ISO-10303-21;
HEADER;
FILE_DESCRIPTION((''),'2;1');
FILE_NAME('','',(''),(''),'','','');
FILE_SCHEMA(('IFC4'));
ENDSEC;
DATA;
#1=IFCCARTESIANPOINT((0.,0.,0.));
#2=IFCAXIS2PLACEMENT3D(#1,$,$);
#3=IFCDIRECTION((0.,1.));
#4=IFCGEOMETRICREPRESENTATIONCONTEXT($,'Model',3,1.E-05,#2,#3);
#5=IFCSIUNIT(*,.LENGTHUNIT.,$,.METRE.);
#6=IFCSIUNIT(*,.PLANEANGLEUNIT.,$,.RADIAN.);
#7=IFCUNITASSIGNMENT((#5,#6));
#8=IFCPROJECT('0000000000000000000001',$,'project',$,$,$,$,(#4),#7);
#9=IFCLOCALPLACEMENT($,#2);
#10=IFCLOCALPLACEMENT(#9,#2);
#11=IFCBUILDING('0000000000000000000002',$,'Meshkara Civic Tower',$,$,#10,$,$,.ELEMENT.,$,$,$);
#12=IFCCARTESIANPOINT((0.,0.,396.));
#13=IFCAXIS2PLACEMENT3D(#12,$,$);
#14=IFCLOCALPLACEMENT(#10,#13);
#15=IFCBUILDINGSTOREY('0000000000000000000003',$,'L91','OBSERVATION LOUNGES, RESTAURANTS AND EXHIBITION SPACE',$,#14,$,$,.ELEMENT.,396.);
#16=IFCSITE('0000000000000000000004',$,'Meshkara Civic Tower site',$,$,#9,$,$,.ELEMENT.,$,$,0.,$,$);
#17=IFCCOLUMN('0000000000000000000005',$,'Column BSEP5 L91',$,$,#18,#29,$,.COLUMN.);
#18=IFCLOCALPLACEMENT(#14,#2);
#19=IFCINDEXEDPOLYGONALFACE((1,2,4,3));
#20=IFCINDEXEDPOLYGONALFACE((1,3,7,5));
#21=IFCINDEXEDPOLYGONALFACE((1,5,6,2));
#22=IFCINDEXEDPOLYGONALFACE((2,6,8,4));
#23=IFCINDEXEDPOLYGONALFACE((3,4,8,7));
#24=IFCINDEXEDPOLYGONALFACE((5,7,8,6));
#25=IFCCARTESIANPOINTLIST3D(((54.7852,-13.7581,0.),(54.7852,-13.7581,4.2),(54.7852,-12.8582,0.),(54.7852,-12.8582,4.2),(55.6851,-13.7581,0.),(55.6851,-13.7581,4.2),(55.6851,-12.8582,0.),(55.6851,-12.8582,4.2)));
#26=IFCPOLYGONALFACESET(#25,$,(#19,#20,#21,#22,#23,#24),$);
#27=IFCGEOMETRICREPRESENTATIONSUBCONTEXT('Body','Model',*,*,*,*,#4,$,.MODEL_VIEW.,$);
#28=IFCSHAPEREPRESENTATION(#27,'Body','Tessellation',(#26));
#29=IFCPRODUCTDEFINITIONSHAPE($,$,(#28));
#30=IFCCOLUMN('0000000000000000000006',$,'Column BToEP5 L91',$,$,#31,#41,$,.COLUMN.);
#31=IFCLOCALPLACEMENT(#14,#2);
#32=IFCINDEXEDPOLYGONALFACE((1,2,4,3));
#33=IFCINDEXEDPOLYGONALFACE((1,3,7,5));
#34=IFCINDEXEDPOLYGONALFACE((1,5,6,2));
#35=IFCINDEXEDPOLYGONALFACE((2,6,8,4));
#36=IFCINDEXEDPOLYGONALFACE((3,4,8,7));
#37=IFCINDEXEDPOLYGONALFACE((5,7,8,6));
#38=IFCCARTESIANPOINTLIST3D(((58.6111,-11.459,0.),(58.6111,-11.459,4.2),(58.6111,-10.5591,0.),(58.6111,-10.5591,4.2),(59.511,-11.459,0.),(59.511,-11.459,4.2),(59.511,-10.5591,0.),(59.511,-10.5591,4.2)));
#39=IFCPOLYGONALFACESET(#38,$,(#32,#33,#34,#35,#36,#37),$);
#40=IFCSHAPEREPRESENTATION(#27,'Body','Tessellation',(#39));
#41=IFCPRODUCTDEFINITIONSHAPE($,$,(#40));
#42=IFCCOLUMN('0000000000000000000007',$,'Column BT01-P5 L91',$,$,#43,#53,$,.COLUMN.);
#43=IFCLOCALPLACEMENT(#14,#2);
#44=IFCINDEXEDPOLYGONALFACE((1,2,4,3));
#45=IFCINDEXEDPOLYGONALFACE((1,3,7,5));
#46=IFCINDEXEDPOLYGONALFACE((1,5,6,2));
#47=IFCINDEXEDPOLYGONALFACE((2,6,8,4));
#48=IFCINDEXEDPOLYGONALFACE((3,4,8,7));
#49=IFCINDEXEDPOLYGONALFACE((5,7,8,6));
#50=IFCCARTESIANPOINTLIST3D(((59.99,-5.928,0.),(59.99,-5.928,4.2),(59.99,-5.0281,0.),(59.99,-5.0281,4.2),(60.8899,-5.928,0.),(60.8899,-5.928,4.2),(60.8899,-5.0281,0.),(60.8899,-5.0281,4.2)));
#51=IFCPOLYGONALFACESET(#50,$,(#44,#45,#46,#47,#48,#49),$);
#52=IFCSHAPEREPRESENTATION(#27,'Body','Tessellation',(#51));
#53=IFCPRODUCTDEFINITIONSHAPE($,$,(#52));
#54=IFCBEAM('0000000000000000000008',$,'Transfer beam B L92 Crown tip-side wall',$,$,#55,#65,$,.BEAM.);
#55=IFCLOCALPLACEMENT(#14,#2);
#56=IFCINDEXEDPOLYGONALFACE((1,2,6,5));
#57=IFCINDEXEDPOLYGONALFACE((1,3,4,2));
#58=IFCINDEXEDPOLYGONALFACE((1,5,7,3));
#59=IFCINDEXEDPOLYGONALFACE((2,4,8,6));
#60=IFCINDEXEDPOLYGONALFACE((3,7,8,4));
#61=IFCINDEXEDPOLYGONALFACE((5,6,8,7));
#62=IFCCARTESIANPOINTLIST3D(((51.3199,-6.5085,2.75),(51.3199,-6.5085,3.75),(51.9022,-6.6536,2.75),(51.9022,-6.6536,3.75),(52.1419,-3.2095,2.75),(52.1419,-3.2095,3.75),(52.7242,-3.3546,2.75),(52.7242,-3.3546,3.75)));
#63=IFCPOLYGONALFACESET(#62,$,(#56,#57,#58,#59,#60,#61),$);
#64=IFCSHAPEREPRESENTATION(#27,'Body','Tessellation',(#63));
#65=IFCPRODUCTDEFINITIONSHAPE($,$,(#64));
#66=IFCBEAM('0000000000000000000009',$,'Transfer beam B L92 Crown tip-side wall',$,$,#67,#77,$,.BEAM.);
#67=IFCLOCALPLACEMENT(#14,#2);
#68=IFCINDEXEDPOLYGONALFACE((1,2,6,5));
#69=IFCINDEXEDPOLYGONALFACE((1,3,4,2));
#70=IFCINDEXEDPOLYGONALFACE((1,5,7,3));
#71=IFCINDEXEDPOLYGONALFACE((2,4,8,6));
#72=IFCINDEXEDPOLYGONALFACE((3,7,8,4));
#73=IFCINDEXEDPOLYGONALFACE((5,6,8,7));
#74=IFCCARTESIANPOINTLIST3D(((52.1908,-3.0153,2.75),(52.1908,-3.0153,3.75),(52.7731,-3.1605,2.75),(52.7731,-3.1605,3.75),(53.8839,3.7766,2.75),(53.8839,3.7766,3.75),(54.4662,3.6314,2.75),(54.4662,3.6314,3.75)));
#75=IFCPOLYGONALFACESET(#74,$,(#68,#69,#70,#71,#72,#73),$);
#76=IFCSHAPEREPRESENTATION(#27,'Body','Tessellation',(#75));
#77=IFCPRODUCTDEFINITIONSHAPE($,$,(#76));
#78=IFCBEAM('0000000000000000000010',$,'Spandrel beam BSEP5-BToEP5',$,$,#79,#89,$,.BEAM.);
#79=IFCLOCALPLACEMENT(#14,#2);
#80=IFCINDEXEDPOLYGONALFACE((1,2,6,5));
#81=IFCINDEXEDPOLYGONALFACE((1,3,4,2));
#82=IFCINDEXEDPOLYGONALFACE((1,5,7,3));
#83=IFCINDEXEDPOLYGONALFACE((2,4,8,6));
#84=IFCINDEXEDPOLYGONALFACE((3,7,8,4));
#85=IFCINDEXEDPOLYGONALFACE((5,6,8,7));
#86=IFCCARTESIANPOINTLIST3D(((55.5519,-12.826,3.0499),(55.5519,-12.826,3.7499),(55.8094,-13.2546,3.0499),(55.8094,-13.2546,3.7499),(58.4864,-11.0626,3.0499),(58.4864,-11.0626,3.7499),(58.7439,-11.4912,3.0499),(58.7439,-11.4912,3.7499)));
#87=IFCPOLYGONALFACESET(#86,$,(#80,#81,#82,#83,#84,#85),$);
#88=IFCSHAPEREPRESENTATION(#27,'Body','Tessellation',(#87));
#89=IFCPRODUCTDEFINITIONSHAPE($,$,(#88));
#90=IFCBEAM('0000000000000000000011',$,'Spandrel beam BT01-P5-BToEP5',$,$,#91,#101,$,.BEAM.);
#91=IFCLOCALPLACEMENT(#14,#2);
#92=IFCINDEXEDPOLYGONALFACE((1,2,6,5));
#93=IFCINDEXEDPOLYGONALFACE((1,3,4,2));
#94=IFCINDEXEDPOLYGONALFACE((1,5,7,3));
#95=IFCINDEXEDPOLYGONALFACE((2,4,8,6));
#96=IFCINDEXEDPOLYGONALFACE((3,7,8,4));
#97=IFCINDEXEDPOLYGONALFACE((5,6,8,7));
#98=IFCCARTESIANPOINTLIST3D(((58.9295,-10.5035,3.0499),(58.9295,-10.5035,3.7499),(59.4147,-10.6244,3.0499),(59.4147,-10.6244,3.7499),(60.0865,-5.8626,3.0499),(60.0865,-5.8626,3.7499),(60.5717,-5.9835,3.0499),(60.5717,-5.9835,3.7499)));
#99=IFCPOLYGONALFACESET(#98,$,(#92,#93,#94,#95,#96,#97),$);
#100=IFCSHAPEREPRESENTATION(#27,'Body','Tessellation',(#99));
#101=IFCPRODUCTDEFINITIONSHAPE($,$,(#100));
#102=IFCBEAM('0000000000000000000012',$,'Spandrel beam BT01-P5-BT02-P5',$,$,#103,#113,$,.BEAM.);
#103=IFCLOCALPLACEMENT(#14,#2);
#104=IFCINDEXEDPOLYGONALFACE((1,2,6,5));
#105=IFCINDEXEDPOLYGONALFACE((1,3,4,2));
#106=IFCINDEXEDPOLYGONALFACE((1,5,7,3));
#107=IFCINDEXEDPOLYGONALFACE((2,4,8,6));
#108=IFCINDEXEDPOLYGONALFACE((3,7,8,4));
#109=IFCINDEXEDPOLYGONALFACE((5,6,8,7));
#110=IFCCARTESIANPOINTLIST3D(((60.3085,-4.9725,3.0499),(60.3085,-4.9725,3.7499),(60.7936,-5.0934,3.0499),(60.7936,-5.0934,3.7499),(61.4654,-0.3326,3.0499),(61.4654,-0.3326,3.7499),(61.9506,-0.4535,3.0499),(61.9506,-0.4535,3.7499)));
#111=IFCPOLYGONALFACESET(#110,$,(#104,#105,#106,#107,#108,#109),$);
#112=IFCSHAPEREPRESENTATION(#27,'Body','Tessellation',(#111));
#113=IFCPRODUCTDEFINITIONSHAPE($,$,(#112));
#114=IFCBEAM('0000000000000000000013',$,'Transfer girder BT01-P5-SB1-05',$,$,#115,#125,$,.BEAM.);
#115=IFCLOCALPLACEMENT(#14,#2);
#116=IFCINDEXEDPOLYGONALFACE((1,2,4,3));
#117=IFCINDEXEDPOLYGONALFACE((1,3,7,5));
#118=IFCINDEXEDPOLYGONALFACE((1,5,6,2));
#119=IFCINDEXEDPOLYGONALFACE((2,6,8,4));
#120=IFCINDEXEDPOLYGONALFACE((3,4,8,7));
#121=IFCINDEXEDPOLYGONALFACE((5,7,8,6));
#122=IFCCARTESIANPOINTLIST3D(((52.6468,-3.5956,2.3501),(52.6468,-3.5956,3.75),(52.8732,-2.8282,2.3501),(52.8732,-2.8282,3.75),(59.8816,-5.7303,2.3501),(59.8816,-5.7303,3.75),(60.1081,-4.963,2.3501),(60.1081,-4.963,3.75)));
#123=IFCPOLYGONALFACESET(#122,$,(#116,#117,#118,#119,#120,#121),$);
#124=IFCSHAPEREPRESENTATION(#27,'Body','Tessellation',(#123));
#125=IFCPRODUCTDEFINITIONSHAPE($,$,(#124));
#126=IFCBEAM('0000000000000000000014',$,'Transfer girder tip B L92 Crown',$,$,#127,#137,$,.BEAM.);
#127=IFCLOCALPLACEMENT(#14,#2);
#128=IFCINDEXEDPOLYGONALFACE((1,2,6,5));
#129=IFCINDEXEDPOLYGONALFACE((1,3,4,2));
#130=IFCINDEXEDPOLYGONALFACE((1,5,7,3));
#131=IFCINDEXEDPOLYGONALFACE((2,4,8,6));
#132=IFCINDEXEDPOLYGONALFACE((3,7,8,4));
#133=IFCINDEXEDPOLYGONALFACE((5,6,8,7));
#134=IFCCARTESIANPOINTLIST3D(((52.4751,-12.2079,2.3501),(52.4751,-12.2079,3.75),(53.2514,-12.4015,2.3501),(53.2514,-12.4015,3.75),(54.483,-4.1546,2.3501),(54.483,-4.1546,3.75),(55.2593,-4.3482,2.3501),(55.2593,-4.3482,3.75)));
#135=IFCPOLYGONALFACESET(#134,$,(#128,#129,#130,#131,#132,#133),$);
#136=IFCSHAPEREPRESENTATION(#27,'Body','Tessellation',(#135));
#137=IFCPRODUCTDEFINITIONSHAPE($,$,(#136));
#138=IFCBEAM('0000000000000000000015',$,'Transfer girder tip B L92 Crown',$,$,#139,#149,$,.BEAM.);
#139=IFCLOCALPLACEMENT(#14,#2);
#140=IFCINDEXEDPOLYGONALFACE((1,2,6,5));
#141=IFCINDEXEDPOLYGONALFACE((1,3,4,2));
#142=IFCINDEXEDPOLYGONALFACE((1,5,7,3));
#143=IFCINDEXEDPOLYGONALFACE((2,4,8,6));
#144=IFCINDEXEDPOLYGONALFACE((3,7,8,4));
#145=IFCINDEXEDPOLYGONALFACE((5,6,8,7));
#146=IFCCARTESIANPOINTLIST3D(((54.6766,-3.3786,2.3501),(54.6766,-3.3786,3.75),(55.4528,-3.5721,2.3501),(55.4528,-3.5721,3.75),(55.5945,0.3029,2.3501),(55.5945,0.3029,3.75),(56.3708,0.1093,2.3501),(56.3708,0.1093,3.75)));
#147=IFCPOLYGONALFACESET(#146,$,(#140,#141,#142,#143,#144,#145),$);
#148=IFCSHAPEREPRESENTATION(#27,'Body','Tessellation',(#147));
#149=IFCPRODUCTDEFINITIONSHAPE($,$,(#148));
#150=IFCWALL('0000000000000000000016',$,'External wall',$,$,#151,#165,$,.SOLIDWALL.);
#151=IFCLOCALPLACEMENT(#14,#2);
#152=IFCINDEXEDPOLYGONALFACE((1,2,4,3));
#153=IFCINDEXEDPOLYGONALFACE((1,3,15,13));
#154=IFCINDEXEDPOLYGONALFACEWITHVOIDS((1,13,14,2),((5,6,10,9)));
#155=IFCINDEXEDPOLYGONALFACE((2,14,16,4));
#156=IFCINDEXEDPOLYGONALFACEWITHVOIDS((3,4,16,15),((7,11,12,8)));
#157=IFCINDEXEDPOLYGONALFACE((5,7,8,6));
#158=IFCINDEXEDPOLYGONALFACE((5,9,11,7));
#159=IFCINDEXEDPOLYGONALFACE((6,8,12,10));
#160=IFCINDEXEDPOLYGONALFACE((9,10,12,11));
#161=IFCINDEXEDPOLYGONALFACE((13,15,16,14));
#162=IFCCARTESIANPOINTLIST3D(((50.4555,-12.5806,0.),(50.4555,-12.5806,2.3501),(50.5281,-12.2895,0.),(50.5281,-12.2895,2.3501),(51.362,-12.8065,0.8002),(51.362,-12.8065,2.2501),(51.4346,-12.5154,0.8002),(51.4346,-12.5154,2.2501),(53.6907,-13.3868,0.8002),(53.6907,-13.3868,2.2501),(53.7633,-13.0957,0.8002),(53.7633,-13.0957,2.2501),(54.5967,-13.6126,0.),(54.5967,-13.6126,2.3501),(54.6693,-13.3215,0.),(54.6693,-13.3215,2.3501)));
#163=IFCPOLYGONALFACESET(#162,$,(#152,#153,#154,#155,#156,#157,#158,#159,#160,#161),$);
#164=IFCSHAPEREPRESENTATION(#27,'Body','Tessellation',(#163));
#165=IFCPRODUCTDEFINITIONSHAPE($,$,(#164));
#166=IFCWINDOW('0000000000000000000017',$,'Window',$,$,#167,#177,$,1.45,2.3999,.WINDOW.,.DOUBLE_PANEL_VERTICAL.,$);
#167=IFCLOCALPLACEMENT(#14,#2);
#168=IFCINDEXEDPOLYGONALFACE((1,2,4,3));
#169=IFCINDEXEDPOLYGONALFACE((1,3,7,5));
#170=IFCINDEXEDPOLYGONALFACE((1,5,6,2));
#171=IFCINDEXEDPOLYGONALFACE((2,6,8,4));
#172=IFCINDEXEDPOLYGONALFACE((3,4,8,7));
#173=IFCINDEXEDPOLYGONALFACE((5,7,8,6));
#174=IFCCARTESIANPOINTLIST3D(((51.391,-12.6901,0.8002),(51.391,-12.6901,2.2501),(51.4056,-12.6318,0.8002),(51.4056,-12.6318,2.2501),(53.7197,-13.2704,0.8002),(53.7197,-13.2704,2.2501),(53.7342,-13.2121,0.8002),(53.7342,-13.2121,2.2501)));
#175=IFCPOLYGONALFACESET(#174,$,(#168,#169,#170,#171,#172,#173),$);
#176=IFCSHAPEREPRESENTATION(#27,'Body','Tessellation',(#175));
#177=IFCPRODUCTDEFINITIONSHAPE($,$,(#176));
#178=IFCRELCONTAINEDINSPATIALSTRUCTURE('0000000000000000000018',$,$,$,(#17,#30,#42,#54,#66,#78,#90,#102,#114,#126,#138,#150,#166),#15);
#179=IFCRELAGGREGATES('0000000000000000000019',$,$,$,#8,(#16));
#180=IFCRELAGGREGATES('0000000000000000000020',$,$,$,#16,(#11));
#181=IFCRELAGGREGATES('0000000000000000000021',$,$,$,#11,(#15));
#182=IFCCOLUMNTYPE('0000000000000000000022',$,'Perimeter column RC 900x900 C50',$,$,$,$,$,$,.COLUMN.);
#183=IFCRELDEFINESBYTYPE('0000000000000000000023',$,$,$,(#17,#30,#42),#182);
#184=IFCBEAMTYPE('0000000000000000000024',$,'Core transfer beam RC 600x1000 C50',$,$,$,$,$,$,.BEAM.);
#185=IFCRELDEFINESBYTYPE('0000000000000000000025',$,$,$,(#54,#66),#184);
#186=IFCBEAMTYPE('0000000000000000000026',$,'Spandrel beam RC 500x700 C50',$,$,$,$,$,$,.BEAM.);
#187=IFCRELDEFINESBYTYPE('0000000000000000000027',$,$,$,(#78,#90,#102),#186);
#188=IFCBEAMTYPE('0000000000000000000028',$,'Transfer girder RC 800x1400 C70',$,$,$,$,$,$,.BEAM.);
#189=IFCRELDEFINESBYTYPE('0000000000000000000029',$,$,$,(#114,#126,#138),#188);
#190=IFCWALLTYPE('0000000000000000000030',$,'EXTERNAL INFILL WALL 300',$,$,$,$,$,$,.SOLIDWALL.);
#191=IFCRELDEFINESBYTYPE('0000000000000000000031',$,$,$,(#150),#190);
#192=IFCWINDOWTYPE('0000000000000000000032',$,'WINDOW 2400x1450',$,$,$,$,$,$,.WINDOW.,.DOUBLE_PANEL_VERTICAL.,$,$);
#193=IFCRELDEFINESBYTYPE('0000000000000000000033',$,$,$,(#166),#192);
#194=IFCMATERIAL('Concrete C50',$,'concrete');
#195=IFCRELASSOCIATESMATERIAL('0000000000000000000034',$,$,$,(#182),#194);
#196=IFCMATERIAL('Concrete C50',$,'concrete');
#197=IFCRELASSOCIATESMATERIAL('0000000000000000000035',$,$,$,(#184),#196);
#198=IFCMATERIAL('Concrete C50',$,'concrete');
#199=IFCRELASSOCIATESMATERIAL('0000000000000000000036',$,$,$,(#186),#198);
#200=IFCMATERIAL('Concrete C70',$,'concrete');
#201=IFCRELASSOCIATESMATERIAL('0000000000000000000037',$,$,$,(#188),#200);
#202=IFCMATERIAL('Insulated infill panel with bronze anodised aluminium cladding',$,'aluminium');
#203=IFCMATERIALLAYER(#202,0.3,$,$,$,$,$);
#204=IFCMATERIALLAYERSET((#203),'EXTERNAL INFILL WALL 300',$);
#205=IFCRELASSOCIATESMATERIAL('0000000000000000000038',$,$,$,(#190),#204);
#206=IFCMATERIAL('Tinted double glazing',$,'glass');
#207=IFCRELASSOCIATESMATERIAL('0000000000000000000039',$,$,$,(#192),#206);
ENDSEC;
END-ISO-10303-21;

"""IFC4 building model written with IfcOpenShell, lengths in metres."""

from ifc_helpers import new_model, si_unit, direction, frame, frame_2d, origin, origin_2d, place, context, subcontext, project, spatial, rectangle, extrude, material, layer, layer_set, material_profile, profile_set, type_object, element, fill, save


model = new_model("IFC4")

# Units and contexts
model_context = context("Model", 3, precision=1e-05, world=origin(), true_north=direction((0.0, 1.0)))
body_context = subcontext(model_context, "Body", "Model", "MODEL_VIEW")
ifc_project = project(units=[si_unit("LENGTHUNIT", "METRE"), si_unit("PLANEANGLEUNIT", "RADIAN")], contexts=[model_context])

# Site, building, storey
site_placement = place(None, origin())
site = spatial("IfcSite", under=ifc_project, at=site_placement, Name="Meshkara Civic Tower site", CompositionType="ELEMENT", RefElevation=0.0)
building_placement = place(site_placement, origin())
building = spatial("IfcBuilding", under=site, at=building_placement, Name="Meshkara Civic Tower", CompositionType="ELEMENT")
storey_placement = place(building_placement, frame((0.0, 0.0, 396.0)))
storey = spatial("IfcBuildingStorey", under=building, at=storey_placement, Name="L91", Description="OBSERVATION LOUNGES, RESTAURANTS AND EXHIBITION SPACE", CompositionType="ELEMENT", Elevation=396.0)

# Columns
ifc_material_1 = material(Name="Concrete C50", Category="concrete")
ifc_material_profile_1 = material_profile(ifc_material_1, rectangle(XDim=0.8999, YDim=0.8999, at=origin_2d()))
ifc_profile_set_1 = profile_set([ifc_material_profile_1], Name="Concrete C50")
column_type = type_object("IfcColumnType", Name="Perimeter column RC 900x900 C50", PredefinedType="COLUMN", material=ifc_profile_set_1)
for number, where, z_axis, x_axis, name in (
    (1, (55.2351, -13.3081, 0.0), (0.0, 0.0, 1.0), (1.0, 0.0, 0.0), "Column BSEP5 L91"),
    (2, (59.061, -11.009, 0.0), (0.0, 0.0, 1.0), (1.0, 0.0, 0.0), "Column BToEP5 L91"),
    (3, (60.4399, -5.478, 0.0), (0.0, 0.0, 1.0), (1.0, 0.0, 0.0), "Column BT01-P5 L91"),
):
    element("IfcColumn", number, at=place(storey_placement, frame(where, z_axis=z_axis, x_axis=x_axis)), inside=storey, type_object=column_type, Name=name, PredefinedType="COLUMN", context=body_context, shape_type="SweptSolid", body=[
        extrude(rectangle(XDim=0.8999, YDim=0.8999, at=origin_2d()), origin(), (0.0, 0.0, 1.0), 4.2),
    ])

# Beams
ifc_material_2 = material(Name="Concrete C50", Category="concrete")
ifc_material_profile_2 = material_profile(ifc_material_2, rectangle(XDim=0.6001, YDim=1.0, at=origin_2d()))
ifc_profile_set_2 = profile_set([ifc_material_profile_2], Name="Concrete C50")
beam_type_1 = type_object("IfcBeamType", Name="Core transfer beam RC 600x1000 C50", PredefinedType="BEAM", material=ifc_profile_set_2)
beam_1_placement = place(storey_placement, frame((51.6111, -6.5811, 3.25), z_axis=(0.241775, 0.970332, 0.0), x_axis=(-0.970332, 0.241775, 0.0)))
element("IfcBeam", 4, at=beam_1_placement, inside=storey, type_object=beam_type_1, Name="Transfer beam B L92 Crown tip-side wall", PredefinedType="BEAM", context=body_context, shape_type="SweptSolid", body=[
    extrude(rectangle(XDim=0.6001, YDim=1.0, at=origin_2d()), origin(), (0.0, 0.0, 1.0), 3.3999),
])
beam_2_placement = place(storey_placement, frame((52.4819, -3.0879, 3.25), z_axis=(0.241879, 0.970306, 0.0), x_axis=(-0.970306, 0.241879, 0.0)))
element("IfcBeam", 5, at=beam_2_placement, inside=storey, type_object=beam_type_1, Name="Transfer beam B L92 Crown tip-side wall", PredefinedType="BEAM", context=body_context, shape_type="SweptSolid", body=[
    extrude(rectangle(XDim=0.6001, YDim=1.0, at=origin_2d()), origin(), (0.0, 0.0, 1.0), 6.9998),
])
ifc_material_3 = material(Name="Concrete C50", Category="concrete")
ifc_material_profile_3 = material_profile(ifc_material_3, rectangle(XDim=0.5, YDim=0.7, at=origin_2d()))
ifc_profile_set_3 = profile_set([ifc_material_profile_3], Name="Concrete C50")
beam_type_2 = type_object("IfcBeamType", Name="Spandrel beam RC 500x700 C50", PredefinedType="BEAM", material=ifc_profile_set_3)
beam_3_placement = place(storey_placement, frame((55.6807, -13.0403, 3.3999), z_axis=(0.857147, 0.515072, 0.0), x_axis=(-0.515072, 0.857147, 0.0)))
element("IfcBeam", 6, at=beam_3_placement, inside=storey, type_object=beam_type_2, Name="Spandrel beam BSEP5-BToEP5", PredefinedType="BEAM", context=body_context, shape_type="SweptSolid", body=[
    extrude(rectangle(XDim=0.5, YDim=0.7, at=origin_2d()), origin(), (0.0, 0.0, 1.0), 3.4236),
])
beam_4_placement = place(storey_placement, frame((59.1721, -10.564, 3.3999), z_axis=(0.241899, 0.970301, 0.0), x_axis=(-0.970301, 0.241899, 0.0)))
element("IfcBeam", 7, at=beam_4_placement, inside=storey, type_object=beam_type_2, Name="Spandrel beam BT01-P5-BToEP5", PredefinedType="BEAM", context=body_context, shape_type="SweptSolid", body=[
    extrude(rectangle(XDim=0.5, YDim=0.7, at=origin_2d()), origin(), (0.0, 0.0, 1.0), 4.783),
])
beam_5_placement = place(storey_placement, frame((60.551, -5.033, 3.3999), z_axis=(0.241947, 0.970289, 0.0), x_axis=(-0.970289, 0.241947, 0.0)))
element("IfcBeam", 8, at=beam_5_placement, inside=storey, type_object=beam_type_2, Name="Spandrel beam BT01-P5-BT02-P5", PredefinedType="BEAM", context=body_context, shape_type="SweptSolid", body=[
    extrude(rectangle(XDim=0.5, YDim=0.7, at=origin_2d()), origin(), (0.0, 0.0, 1.0), 4.782),
])
ifc_material_4 = material(Name="Concrete C70", Category="concrete")
ifc_material_profile_4 = material_profile(ifc_material_4, rectangle(XDim=0.8, YDim=1.3999, at=origin_2d()))
ifc_profile_set_4 = profile_set([ifc_material_profile_4], Name="Concrete C70")
beam_type_3 = type_object("IfcBeamType", Name="Transfer girder RC 800x1400 C70", PredefinedType="BEAM", material=ifc_profile_set_4)
beam_6_placement = place(storey_placement, frame((52.76, -3.2119, 3.05), z_axis=(0.959119, -0.283004, 0.0), x_axis=(0.283004, 0.959119, 0.0)))
element("IfcBeam", 9, at=beam_6_placement, inside=storey, type_object=beam_type_3, Name="Transfer girder BT01-P5-SB1-05", PredefinedType="BEAM", context=body_context, shape_type="SweptSolid", body=[
    extrude(rectangle(XDim=0.8, YDim=1.3999, at=origin_2d()), origin(), (0.0, 0.0, 1.0), 7.5432),
])
beam_7_placement = place(storey_placement, frame((52.8633, -12.3047, 3.05), z_axis=(0.241913, 0.970298, 0.0), x_axis=(-0.970298, 0.241913, 0.0)))
element("IfcBeam", 10, at=beam_7_placement, inside=storey, type_object=beam_type_3, Name="Transfer girder tip B L92 Crown", PredefinedType="BEAM", context=body_context, shape_type="SweptSolid", body=[
    extrude(rectangle(XDim=0.8, YDim=1.3999, at=origin_2d()), origin(), (0.0, 0.0, 1.0), 8.2998),
])
beam_8_placement = place(storey_placement, frame((55.0647, -3.4753, 3.05), z_axis=(0.241945, 0.97029, 0.0), x_axis=(-0.97029, 0.241945, 0.0)))
element("IfcBeam", 11, at=beam_8_placement, inside=storey, type_object=beam_type_3, Name="Transfer girder tip B L92 Crown", PredefinedType="BEAM", context=body_context, shape_type="SweptSolid", body=[
    extrude(rectangle(XDim=0.8, YDim=1.3999, at=origin_2d()), origin(), (0.0, 0.0, 1.0), 3.7942),
])

# Wall, opening, window
ifc_material_5 = material(Name="Insulated infill panel with bronze anodised aluminium cladding", Category="aluminium")
ifc_layer_1 = layer(ifc_material_5, 0.3)
ifc_layer_set_1 = layer_set([ifc_layer_1], Name="EXTERNAL INFILL WALL 300")
wall_type_1 = type_object("IfcWallType", Name="EXTERNAL INFILL WALL 300", PredefinedType="SOLIDWALL", material=ifc_layer_set_1)
wall_1_placement = place(storey_placement, frame((50.4919, -12.4351, 0.0), z_axis=(0.0, 0.0, 1.0), x_axis=(0.970324, -0.241809, 0.0)))
wall_1 = element("IfcWall", 12, at=wall_1_placement, inside=storey, type_object=wall_type_1, Name="External wall", PredefinedType="SOLIDWALL", context=body_context, shape_type="SweptSolid", body=[
    extrude(rectangle(XDim=4.2678, YDim=0.3, at=frame_2d((2.1338, 0.0))), origin(), (0.0, 0.0, 1.0), 2.3501),
])
opening_1_placement = place(wall_1_placement, frame((0.9341, 0.0, 0.8)))
opening_1 = element("IfcOpeningElement", 13, at=opening_1_placement, cuts=wall_1, PredefinedType="OPENING", context=body_context, shape_type="SweptSolid", body=[
    extrude(rectangle(XDim=2.3999, YDim=1.45, at=frame_2d((1.2, 0.7251))), frame((0.0, 0.1599, 0.0), z_axis=(0.0, -1.0, 0.0), x_axis=(1.0, 0.0, 0.0)), (0.0, 0.0, 1.0), 0.3201),
])
ifc_material_6 = material(Name="Tinted double glazing", Category="glass")
window_type = type_object("IfcWindowType", Name="WINDOW 2400x1450", PartitioningType="DOUBLE_PANEL_VERTICAL", PredefinedType="WINDOW", material=ifc_material_6)
window_1_placement = place(opening_1_placement, origin())
window_1 = element("IfcWindow", 14, at=window_1_placement, inside=storey, type_object=window_type, Name="Window", OverallHeight=1.45, OverallWidth=2.3999, PartitioningType="DOUBLE_PANEL_VERTICAL", PredefinedType="WINDOW", context=body_context, shape_type="SweptSolid", body=[
    extrude(rectangle(XDim=2.3999, YDim=1.45, at=frame_2d((1.2, 0.7251))), frame((0.0, 0.03, 0.0), z_axis=(0.0, -1.0, 0.0), x_axis=(1.0, 0.0, 0.0)), (0.0, 0.0, 1.0), 0.0601),
])
fill(opening_1, window_1)

save(model, "model.ifc")
